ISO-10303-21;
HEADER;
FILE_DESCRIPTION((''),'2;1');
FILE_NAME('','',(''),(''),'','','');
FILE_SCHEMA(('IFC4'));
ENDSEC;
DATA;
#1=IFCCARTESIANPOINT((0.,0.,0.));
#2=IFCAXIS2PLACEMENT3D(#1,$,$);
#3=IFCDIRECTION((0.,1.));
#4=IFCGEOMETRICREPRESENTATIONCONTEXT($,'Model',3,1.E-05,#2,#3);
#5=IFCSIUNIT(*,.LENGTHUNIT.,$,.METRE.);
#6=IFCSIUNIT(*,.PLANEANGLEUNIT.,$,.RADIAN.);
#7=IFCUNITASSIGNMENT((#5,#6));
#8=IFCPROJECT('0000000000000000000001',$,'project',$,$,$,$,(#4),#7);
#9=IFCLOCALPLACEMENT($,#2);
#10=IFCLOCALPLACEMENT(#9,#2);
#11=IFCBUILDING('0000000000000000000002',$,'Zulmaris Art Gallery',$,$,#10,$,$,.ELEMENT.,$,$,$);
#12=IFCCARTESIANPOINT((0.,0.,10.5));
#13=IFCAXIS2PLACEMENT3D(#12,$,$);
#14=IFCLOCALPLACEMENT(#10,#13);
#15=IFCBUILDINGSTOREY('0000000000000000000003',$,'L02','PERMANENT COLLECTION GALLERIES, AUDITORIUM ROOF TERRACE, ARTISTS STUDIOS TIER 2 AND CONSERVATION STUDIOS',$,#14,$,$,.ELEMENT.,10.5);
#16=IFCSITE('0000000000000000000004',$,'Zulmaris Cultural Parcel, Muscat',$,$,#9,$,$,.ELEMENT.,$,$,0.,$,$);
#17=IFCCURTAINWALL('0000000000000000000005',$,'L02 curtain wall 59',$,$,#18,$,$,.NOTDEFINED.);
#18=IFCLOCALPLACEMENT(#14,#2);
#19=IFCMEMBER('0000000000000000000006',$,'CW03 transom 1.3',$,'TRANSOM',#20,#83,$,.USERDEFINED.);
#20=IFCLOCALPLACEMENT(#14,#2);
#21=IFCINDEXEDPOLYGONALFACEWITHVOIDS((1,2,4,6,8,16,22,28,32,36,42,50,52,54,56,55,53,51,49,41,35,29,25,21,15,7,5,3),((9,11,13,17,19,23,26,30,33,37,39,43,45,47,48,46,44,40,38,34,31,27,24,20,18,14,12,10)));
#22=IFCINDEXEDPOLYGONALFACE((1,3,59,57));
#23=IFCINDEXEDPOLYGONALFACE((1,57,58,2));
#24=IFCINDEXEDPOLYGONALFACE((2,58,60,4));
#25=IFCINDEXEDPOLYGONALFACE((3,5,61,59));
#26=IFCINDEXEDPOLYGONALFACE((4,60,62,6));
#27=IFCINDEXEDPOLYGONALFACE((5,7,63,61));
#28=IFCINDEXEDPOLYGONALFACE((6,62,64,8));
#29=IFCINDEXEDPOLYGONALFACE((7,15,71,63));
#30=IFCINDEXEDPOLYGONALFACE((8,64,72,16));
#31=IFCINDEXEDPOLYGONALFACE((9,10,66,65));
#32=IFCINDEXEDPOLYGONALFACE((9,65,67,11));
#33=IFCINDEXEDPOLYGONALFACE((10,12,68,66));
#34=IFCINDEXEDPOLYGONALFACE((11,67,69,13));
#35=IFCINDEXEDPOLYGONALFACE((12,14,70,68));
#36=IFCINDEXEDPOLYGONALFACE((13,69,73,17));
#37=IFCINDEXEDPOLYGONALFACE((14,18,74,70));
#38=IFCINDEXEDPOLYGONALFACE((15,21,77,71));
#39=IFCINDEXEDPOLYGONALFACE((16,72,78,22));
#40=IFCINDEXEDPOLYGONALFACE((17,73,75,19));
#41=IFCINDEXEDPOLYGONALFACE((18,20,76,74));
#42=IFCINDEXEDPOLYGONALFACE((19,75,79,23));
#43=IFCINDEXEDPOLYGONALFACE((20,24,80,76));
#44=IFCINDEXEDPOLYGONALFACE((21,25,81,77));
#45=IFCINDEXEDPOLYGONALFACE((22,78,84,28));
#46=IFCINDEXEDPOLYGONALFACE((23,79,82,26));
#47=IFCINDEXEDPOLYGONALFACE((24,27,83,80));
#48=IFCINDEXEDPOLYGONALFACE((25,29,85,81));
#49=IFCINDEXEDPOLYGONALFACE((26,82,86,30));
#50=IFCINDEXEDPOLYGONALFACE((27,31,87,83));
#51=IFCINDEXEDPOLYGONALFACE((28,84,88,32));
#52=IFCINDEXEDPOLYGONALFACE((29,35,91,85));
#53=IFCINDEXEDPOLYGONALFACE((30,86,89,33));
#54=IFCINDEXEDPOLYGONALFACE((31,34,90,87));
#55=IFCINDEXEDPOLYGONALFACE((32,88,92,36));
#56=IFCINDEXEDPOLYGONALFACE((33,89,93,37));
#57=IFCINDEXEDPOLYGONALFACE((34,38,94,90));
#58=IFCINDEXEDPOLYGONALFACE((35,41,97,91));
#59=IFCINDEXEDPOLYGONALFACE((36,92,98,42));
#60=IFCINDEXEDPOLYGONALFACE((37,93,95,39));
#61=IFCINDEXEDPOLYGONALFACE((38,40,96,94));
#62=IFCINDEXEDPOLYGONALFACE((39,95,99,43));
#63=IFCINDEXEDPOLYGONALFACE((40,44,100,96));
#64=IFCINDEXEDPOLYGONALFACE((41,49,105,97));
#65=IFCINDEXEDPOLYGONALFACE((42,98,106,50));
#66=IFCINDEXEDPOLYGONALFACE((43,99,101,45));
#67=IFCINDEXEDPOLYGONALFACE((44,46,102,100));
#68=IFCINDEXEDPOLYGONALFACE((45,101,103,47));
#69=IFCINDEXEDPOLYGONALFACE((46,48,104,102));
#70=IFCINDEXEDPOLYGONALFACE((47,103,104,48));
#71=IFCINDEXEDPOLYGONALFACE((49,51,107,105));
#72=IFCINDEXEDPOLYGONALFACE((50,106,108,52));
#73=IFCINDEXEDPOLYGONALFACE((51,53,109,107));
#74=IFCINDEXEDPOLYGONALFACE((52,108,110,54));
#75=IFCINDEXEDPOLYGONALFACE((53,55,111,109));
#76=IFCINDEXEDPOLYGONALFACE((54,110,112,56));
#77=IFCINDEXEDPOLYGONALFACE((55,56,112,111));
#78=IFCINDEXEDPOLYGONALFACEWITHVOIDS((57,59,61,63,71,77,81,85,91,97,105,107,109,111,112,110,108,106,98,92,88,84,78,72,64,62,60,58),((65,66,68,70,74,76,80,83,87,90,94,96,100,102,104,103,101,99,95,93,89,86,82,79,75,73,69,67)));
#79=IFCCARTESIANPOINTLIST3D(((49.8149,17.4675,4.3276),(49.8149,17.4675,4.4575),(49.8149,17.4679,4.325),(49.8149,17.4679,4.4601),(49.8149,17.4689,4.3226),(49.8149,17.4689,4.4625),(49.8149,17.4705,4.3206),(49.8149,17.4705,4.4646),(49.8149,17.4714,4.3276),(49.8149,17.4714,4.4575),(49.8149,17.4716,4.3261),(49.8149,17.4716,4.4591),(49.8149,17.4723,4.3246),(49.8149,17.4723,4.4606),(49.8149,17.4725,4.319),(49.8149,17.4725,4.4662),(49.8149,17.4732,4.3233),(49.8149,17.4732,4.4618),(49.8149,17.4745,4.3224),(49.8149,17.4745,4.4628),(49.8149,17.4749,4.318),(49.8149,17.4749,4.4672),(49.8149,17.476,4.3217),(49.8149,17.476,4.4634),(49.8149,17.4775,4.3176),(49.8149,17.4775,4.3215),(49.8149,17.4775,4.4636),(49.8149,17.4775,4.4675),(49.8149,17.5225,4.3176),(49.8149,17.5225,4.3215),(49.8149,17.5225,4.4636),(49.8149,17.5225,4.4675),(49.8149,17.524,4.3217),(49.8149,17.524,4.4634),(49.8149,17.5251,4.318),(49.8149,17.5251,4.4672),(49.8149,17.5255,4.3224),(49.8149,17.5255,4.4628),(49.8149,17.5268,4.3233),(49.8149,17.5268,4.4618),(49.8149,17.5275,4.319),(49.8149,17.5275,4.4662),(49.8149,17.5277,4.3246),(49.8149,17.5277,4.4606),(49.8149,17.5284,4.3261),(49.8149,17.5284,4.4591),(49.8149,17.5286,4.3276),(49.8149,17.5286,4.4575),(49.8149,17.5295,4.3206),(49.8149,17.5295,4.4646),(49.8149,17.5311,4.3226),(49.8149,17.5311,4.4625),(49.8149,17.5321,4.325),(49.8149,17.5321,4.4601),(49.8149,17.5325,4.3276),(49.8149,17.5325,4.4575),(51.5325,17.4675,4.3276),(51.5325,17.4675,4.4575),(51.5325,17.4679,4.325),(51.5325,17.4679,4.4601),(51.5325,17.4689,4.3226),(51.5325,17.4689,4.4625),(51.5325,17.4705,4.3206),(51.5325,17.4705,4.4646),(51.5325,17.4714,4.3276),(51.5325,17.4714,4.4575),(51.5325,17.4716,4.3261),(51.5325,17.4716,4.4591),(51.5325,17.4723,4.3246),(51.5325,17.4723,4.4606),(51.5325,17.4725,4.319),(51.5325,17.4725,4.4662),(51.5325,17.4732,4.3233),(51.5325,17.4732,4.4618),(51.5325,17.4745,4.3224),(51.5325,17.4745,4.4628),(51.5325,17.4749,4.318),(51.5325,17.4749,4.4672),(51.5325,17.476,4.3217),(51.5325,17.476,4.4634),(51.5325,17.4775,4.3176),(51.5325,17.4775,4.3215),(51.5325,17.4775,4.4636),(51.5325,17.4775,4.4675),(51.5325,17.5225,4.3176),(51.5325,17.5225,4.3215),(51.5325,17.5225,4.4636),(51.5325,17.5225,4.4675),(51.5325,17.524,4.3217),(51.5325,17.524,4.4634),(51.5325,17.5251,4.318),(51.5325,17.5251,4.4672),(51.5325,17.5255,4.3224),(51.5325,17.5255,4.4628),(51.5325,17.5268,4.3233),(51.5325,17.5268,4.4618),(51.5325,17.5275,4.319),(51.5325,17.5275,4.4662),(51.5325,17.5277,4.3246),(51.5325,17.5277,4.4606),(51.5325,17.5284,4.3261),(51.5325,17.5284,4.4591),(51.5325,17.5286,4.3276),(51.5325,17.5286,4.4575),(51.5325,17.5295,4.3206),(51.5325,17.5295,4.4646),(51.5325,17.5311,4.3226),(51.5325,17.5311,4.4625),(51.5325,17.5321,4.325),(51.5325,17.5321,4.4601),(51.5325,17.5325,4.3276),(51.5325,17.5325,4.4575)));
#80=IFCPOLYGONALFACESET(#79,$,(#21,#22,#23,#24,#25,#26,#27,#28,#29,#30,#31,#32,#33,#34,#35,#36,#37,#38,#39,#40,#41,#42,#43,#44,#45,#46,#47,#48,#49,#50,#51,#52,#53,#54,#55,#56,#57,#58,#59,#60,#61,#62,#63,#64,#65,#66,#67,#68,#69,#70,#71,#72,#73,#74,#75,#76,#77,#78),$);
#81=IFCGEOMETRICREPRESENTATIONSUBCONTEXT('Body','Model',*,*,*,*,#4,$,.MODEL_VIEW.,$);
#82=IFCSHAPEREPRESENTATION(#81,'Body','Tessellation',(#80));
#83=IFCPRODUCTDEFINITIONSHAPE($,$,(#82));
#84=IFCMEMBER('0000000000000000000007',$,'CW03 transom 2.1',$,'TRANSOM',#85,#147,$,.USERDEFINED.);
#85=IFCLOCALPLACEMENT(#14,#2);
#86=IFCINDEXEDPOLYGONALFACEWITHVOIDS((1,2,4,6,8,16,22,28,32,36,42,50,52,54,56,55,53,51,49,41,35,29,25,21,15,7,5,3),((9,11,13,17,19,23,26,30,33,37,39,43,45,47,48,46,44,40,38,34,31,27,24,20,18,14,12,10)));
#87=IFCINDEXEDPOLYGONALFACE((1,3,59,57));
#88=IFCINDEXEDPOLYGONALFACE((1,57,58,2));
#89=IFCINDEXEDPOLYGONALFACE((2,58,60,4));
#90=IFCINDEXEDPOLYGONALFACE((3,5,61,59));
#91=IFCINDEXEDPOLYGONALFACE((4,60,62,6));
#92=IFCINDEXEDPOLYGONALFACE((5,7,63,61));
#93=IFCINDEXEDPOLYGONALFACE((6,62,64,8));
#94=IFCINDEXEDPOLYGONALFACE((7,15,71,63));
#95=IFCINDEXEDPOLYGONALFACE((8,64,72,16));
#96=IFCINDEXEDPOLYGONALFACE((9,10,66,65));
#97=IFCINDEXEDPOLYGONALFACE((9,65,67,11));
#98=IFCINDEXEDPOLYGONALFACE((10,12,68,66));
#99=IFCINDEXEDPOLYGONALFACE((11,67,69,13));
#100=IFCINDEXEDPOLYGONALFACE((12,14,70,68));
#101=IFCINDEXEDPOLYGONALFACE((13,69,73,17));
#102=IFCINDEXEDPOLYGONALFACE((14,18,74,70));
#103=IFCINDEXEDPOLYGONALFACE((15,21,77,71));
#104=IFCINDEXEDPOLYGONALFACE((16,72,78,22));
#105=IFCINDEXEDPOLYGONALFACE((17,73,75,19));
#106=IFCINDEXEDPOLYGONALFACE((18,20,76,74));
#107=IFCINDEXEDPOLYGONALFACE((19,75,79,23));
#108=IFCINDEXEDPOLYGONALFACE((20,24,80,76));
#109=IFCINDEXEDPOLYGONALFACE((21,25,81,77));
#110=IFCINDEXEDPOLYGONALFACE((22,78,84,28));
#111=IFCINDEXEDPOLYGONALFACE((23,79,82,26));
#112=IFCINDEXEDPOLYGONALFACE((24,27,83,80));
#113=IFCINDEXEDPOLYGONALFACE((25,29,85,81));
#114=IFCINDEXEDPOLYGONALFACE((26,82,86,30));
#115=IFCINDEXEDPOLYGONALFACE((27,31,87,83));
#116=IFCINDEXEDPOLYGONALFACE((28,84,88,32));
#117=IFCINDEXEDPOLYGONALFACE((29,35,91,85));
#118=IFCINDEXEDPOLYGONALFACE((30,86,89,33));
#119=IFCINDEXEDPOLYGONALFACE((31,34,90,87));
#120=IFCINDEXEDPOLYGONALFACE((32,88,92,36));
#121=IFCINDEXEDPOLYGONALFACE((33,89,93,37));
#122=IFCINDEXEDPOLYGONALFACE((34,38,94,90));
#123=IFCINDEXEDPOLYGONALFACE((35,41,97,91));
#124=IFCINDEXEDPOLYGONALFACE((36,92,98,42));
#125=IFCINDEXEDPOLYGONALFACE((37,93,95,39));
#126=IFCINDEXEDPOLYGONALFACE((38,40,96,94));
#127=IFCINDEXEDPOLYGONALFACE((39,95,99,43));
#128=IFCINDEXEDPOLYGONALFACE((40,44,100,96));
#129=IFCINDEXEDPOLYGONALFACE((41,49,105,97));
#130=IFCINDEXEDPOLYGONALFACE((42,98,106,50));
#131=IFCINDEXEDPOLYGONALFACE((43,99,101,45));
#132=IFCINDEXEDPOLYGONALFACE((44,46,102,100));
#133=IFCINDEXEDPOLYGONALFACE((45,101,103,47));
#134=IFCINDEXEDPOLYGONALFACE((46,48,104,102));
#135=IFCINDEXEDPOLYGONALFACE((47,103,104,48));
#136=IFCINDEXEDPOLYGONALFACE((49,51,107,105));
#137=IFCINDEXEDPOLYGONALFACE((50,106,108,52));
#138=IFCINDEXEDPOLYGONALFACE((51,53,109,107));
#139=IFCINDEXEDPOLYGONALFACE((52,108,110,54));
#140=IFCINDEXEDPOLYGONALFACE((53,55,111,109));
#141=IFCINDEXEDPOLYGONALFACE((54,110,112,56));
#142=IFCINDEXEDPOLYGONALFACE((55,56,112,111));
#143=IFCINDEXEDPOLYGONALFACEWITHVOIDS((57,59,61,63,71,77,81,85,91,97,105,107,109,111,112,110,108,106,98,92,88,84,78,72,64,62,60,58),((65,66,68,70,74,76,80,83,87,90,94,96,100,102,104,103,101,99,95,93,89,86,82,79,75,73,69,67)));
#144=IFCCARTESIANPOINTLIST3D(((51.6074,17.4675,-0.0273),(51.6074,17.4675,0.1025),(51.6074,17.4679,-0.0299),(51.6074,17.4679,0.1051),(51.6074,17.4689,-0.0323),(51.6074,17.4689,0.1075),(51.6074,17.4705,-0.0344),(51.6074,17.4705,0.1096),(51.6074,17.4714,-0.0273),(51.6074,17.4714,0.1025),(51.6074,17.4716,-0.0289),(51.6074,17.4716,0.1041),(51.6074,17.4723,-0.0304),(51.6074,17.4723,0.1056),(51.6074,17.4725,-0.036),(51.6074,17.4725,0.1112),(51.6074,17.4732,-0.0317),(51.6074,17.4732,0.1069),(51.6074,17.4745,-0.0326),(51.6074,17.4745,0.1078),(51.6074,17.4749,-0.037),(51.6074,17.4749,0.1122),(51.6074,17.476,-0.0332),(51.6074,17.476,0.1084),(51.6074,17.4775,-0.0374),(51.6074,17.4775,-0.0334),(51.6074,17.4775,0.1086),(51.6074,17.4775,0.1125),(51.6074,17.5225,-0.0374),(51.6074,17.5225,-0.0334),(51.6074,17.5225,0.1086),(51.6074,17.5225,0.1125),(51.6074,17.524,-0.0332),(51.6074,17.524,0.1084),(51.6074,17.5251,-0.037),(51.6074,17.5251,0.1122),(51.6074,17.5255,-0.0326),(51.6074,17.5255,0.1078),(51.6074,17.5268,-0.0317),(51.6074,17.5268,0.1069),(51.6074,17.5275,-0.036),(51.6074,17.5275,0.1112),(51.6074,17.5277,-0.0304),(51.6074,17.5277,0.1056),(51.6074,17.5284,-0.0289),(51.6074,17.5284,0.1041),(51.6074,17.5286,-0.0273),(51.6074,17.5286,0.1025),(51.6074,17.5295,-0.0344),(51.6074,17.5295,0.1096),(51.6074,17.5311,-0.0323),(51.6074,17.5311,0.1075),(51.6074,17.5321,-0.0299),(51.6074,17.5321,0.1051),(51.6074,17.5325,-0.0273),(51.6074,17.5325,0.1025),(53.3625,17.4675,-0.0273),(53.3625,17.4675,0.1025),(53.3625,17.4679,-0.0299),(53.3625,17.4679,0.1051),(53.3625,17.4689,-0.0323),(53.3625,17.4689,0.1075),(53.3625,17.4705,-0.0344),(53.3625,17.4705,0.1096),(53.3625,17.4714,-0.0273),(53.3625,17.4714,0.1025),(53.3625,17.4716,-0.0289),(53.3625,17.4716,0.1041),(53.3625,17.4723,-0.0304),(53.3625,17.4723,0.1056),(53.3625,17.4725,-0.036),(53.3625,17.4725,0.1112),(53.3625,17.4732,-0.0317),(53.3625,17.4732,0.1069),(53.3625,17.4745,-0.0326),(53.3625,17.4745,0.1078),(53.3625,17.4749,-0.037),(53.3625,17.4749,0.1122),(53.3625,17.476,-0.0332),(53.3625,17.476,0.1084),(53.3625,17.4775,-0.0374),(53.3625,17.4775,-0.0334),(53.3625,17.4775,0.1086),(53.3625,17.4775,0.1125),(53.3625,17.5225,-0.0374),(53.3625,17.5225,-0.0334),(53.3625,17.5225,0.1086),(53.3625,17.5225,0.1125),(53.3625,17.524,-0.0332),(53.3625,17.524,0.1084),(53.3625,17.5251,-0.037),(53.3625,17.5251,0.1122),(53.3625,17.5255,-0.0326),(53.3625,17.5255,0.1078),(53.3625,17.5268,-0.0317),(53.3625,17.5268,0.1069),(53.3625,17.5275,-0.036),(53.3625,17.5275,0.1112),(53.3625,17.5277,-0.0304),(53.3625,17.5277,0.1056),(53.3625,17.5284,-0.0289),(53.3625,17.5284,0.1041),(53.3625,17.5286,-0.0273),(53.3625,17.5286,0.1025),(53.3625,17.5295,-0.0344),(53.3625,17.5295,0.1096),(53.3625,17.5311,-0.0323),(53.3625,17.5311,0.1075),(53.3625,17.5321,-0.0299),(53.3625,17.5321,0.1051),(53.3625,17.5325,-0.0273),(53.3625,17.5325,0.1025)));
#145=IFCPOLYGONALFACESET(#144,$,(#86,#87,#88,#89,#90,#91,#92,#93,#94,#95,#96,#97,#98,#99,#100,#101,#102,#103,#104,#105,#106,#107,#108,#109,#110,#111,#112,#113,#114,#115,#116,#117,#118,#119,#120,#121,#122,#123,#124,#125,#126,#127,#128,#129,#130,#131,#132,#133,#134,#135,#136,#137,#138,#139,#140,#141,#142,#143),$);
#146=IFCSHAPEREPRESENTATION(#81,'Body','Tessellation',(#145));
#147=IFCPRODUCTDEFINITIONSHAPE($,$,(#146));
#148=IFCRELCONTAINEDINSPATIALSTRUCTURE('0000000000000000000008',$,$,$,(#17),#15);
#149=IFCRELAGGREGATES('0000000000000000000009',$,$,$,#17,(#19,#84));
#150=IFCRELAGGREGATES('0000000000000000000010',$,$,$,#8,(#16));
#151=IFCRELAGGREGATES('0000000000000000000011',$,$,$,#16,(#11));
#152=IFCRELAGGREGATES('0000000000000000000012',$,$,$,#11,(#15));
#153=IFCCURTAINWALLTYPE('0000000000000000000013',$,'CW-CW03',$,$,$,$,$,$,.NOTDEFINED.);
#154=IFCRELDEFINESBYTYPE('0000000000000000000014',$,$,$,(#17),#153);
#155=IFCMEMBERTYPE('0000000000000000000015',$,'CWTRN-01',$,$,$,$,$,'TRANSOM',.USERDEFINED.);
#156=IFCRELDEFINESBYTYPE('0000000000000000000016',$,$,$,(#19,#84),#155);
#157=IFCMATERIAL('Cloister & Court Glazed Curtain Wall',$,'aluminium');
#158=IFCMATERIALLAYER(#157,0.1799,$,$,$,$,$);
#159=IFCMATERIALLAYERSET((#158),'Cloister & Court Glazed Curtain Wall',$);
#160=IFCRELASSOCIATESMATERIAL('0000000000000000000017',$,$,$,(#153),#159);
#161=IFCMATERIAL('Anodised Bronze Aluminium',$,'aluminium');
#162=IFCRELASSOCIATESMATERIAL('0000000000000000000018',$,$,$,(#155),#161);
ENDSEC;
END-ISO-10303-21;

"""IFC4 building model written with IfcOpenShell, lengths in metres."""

from ifc_helpers import new_model, si_unit, direction, frame, origin, origin_2d, place, context, subcontext, project, spatial, hollow_rectangle, extrude, material, layer, layer_set, material_profile, profile_set, type_object, element, aggregate, save


model = new_model("IFC4")

# Units and contexts
model_context = context("Model", 3, precision=1e-05, world=origin(), true_north=direction((0.0, 1.0)))
body_context = subcontext(model_context, "Body", "Model", "MODEL_VIEW")
ifc_project = project(units=[si_unit("LENGTHUNIT", "METRE"), si_unit("PLANEANGLEUNIT", "RADIAN")], contexts=[model_context])

# Site, building, storey
site_placement = place(None, origin())
site = spatial("IfcSite", under=ifc_project, at=site_placement, Name="Zulmaris Cultural Parcel, Muscat", CompositionType="ELEMENT", RefElevation=0.0)
building_placement = place(site_placement, origin())
building = spatial("IfcBuilding", under=site, at=building_placement, Name="Zulmaris Art Gallery", CompositionType="ELEMENT")
storey_placement = place(building_placement, frame((0.0, 0.0, 10.5)))
storey = spatial("IfcBuildingStorey", under=building, at=storey_placement, Name="L02", Description="PERMANENT COLLECTION GALLERIES, AUDITORIUM ROOF TERRACE, ARTISTS STUDIOS TIER 2 AND CONSERVATION STUDIOS", CompositionType="ELEMENT", Elevation=10.5)

# Curtain wall, members
ifc_material_1 = material(Name="Cloister & Court Glazed Curtain Wall", Category="aluminium")
ifc_layer_1 = layer(ifc_material_1, 0.1799)
ifc_layer_set_1 = layer_set([ifc_layer_1], Name="Cloister & Court Glazed Curtain Wall")
curtain_wall_type = type_object("IfcCurtainWallType", Name="CW-CW03", PredefinedType="NOTDEFINED", material=ifc_layer_set_1)
curtain_wall_placement = place(storey_placement, origin())
curtain_wall = element("IfcCurtainWall", 1, at=curtain_wall_placement, inside=storey, type_object=curtain_wall_type, Name="L02 curtain wall 59", PredefinedType="NOTDEFINED")
ifc_material_2 = material(Name="Anodised Bronze Aluminium", Category="aluminium")
ifc_material_profile_1 = material_profile(ifc_material_2, hollow_rectangle(XDim=0.0649, YDim=0.1499, WallThickness=0.0039, InnerFilletRadius=0.0061, OuterFilletRadius=0.01, at=origin_2d()), Name="ALU 65x150x4")
ifc_profile_set_1 = profile_set([ifc_material_profile_1], Name="Anodised Bronze Aluminium")
member_type_1 = type_object("IfcMemberType", Name="CWTRN-01", ElementType="TRANSOM", PredefinedType="USERDEFINED", material=ifc_profile_set_1)
member_1_placement = place(storey_placement, frame((49.8149, 17.5, 4.3926), z_axis=(1.0, 0.0, 0.0), x_axis=(0.0, 1.0, 0.0)))
member_1 = element("IfcMember", 2, at=member_1_placement, type_object=member_type_1, Name="CW03 transom 1.3", ObjectType="TRANSOM", PredefinedType="USERDEFINED", context=body_context, shape_type="SweptSolid", body=[
    extrude(hollow_rectangle(XDim=0.0649, YDim=0.1499, WallThickness=0.0039, InnerFilletRadius=0.0061, OuterFilletRadius=0.01, at=origin_2d()), origin(), (0.0, 0.0, 1.0), 1.7175),
])
member_2_placement = place(storey_placement, frame((51.6074, 17.5, 0.0376), z_axis=(1.0, 0.0, 0.0), x_axis=(0.0, 1.0, 0.0)))
member_2 = element("IfcMember", 3, at=member_2_placement, type_object=member_type_1, Name="CW03 transom 2.1", ObjectType="TRANSOM", PredefinedType="USERDEFINED", context=body_context, shape_type="SweptSolid", body=[
    extrude(hollow_rectangle(XDim=0.0649, YDim=0.1499, WallThickness=0.0039, InnerFilletRadius=0.0061, OuterFilletRadius=0.01, at=origin_2d()), origin(), (0.0, 0.0, 1.0), 1.7551),
])
aggregate(curtain_wall, [member_1, member_2])

save(model, "model.ifc")
